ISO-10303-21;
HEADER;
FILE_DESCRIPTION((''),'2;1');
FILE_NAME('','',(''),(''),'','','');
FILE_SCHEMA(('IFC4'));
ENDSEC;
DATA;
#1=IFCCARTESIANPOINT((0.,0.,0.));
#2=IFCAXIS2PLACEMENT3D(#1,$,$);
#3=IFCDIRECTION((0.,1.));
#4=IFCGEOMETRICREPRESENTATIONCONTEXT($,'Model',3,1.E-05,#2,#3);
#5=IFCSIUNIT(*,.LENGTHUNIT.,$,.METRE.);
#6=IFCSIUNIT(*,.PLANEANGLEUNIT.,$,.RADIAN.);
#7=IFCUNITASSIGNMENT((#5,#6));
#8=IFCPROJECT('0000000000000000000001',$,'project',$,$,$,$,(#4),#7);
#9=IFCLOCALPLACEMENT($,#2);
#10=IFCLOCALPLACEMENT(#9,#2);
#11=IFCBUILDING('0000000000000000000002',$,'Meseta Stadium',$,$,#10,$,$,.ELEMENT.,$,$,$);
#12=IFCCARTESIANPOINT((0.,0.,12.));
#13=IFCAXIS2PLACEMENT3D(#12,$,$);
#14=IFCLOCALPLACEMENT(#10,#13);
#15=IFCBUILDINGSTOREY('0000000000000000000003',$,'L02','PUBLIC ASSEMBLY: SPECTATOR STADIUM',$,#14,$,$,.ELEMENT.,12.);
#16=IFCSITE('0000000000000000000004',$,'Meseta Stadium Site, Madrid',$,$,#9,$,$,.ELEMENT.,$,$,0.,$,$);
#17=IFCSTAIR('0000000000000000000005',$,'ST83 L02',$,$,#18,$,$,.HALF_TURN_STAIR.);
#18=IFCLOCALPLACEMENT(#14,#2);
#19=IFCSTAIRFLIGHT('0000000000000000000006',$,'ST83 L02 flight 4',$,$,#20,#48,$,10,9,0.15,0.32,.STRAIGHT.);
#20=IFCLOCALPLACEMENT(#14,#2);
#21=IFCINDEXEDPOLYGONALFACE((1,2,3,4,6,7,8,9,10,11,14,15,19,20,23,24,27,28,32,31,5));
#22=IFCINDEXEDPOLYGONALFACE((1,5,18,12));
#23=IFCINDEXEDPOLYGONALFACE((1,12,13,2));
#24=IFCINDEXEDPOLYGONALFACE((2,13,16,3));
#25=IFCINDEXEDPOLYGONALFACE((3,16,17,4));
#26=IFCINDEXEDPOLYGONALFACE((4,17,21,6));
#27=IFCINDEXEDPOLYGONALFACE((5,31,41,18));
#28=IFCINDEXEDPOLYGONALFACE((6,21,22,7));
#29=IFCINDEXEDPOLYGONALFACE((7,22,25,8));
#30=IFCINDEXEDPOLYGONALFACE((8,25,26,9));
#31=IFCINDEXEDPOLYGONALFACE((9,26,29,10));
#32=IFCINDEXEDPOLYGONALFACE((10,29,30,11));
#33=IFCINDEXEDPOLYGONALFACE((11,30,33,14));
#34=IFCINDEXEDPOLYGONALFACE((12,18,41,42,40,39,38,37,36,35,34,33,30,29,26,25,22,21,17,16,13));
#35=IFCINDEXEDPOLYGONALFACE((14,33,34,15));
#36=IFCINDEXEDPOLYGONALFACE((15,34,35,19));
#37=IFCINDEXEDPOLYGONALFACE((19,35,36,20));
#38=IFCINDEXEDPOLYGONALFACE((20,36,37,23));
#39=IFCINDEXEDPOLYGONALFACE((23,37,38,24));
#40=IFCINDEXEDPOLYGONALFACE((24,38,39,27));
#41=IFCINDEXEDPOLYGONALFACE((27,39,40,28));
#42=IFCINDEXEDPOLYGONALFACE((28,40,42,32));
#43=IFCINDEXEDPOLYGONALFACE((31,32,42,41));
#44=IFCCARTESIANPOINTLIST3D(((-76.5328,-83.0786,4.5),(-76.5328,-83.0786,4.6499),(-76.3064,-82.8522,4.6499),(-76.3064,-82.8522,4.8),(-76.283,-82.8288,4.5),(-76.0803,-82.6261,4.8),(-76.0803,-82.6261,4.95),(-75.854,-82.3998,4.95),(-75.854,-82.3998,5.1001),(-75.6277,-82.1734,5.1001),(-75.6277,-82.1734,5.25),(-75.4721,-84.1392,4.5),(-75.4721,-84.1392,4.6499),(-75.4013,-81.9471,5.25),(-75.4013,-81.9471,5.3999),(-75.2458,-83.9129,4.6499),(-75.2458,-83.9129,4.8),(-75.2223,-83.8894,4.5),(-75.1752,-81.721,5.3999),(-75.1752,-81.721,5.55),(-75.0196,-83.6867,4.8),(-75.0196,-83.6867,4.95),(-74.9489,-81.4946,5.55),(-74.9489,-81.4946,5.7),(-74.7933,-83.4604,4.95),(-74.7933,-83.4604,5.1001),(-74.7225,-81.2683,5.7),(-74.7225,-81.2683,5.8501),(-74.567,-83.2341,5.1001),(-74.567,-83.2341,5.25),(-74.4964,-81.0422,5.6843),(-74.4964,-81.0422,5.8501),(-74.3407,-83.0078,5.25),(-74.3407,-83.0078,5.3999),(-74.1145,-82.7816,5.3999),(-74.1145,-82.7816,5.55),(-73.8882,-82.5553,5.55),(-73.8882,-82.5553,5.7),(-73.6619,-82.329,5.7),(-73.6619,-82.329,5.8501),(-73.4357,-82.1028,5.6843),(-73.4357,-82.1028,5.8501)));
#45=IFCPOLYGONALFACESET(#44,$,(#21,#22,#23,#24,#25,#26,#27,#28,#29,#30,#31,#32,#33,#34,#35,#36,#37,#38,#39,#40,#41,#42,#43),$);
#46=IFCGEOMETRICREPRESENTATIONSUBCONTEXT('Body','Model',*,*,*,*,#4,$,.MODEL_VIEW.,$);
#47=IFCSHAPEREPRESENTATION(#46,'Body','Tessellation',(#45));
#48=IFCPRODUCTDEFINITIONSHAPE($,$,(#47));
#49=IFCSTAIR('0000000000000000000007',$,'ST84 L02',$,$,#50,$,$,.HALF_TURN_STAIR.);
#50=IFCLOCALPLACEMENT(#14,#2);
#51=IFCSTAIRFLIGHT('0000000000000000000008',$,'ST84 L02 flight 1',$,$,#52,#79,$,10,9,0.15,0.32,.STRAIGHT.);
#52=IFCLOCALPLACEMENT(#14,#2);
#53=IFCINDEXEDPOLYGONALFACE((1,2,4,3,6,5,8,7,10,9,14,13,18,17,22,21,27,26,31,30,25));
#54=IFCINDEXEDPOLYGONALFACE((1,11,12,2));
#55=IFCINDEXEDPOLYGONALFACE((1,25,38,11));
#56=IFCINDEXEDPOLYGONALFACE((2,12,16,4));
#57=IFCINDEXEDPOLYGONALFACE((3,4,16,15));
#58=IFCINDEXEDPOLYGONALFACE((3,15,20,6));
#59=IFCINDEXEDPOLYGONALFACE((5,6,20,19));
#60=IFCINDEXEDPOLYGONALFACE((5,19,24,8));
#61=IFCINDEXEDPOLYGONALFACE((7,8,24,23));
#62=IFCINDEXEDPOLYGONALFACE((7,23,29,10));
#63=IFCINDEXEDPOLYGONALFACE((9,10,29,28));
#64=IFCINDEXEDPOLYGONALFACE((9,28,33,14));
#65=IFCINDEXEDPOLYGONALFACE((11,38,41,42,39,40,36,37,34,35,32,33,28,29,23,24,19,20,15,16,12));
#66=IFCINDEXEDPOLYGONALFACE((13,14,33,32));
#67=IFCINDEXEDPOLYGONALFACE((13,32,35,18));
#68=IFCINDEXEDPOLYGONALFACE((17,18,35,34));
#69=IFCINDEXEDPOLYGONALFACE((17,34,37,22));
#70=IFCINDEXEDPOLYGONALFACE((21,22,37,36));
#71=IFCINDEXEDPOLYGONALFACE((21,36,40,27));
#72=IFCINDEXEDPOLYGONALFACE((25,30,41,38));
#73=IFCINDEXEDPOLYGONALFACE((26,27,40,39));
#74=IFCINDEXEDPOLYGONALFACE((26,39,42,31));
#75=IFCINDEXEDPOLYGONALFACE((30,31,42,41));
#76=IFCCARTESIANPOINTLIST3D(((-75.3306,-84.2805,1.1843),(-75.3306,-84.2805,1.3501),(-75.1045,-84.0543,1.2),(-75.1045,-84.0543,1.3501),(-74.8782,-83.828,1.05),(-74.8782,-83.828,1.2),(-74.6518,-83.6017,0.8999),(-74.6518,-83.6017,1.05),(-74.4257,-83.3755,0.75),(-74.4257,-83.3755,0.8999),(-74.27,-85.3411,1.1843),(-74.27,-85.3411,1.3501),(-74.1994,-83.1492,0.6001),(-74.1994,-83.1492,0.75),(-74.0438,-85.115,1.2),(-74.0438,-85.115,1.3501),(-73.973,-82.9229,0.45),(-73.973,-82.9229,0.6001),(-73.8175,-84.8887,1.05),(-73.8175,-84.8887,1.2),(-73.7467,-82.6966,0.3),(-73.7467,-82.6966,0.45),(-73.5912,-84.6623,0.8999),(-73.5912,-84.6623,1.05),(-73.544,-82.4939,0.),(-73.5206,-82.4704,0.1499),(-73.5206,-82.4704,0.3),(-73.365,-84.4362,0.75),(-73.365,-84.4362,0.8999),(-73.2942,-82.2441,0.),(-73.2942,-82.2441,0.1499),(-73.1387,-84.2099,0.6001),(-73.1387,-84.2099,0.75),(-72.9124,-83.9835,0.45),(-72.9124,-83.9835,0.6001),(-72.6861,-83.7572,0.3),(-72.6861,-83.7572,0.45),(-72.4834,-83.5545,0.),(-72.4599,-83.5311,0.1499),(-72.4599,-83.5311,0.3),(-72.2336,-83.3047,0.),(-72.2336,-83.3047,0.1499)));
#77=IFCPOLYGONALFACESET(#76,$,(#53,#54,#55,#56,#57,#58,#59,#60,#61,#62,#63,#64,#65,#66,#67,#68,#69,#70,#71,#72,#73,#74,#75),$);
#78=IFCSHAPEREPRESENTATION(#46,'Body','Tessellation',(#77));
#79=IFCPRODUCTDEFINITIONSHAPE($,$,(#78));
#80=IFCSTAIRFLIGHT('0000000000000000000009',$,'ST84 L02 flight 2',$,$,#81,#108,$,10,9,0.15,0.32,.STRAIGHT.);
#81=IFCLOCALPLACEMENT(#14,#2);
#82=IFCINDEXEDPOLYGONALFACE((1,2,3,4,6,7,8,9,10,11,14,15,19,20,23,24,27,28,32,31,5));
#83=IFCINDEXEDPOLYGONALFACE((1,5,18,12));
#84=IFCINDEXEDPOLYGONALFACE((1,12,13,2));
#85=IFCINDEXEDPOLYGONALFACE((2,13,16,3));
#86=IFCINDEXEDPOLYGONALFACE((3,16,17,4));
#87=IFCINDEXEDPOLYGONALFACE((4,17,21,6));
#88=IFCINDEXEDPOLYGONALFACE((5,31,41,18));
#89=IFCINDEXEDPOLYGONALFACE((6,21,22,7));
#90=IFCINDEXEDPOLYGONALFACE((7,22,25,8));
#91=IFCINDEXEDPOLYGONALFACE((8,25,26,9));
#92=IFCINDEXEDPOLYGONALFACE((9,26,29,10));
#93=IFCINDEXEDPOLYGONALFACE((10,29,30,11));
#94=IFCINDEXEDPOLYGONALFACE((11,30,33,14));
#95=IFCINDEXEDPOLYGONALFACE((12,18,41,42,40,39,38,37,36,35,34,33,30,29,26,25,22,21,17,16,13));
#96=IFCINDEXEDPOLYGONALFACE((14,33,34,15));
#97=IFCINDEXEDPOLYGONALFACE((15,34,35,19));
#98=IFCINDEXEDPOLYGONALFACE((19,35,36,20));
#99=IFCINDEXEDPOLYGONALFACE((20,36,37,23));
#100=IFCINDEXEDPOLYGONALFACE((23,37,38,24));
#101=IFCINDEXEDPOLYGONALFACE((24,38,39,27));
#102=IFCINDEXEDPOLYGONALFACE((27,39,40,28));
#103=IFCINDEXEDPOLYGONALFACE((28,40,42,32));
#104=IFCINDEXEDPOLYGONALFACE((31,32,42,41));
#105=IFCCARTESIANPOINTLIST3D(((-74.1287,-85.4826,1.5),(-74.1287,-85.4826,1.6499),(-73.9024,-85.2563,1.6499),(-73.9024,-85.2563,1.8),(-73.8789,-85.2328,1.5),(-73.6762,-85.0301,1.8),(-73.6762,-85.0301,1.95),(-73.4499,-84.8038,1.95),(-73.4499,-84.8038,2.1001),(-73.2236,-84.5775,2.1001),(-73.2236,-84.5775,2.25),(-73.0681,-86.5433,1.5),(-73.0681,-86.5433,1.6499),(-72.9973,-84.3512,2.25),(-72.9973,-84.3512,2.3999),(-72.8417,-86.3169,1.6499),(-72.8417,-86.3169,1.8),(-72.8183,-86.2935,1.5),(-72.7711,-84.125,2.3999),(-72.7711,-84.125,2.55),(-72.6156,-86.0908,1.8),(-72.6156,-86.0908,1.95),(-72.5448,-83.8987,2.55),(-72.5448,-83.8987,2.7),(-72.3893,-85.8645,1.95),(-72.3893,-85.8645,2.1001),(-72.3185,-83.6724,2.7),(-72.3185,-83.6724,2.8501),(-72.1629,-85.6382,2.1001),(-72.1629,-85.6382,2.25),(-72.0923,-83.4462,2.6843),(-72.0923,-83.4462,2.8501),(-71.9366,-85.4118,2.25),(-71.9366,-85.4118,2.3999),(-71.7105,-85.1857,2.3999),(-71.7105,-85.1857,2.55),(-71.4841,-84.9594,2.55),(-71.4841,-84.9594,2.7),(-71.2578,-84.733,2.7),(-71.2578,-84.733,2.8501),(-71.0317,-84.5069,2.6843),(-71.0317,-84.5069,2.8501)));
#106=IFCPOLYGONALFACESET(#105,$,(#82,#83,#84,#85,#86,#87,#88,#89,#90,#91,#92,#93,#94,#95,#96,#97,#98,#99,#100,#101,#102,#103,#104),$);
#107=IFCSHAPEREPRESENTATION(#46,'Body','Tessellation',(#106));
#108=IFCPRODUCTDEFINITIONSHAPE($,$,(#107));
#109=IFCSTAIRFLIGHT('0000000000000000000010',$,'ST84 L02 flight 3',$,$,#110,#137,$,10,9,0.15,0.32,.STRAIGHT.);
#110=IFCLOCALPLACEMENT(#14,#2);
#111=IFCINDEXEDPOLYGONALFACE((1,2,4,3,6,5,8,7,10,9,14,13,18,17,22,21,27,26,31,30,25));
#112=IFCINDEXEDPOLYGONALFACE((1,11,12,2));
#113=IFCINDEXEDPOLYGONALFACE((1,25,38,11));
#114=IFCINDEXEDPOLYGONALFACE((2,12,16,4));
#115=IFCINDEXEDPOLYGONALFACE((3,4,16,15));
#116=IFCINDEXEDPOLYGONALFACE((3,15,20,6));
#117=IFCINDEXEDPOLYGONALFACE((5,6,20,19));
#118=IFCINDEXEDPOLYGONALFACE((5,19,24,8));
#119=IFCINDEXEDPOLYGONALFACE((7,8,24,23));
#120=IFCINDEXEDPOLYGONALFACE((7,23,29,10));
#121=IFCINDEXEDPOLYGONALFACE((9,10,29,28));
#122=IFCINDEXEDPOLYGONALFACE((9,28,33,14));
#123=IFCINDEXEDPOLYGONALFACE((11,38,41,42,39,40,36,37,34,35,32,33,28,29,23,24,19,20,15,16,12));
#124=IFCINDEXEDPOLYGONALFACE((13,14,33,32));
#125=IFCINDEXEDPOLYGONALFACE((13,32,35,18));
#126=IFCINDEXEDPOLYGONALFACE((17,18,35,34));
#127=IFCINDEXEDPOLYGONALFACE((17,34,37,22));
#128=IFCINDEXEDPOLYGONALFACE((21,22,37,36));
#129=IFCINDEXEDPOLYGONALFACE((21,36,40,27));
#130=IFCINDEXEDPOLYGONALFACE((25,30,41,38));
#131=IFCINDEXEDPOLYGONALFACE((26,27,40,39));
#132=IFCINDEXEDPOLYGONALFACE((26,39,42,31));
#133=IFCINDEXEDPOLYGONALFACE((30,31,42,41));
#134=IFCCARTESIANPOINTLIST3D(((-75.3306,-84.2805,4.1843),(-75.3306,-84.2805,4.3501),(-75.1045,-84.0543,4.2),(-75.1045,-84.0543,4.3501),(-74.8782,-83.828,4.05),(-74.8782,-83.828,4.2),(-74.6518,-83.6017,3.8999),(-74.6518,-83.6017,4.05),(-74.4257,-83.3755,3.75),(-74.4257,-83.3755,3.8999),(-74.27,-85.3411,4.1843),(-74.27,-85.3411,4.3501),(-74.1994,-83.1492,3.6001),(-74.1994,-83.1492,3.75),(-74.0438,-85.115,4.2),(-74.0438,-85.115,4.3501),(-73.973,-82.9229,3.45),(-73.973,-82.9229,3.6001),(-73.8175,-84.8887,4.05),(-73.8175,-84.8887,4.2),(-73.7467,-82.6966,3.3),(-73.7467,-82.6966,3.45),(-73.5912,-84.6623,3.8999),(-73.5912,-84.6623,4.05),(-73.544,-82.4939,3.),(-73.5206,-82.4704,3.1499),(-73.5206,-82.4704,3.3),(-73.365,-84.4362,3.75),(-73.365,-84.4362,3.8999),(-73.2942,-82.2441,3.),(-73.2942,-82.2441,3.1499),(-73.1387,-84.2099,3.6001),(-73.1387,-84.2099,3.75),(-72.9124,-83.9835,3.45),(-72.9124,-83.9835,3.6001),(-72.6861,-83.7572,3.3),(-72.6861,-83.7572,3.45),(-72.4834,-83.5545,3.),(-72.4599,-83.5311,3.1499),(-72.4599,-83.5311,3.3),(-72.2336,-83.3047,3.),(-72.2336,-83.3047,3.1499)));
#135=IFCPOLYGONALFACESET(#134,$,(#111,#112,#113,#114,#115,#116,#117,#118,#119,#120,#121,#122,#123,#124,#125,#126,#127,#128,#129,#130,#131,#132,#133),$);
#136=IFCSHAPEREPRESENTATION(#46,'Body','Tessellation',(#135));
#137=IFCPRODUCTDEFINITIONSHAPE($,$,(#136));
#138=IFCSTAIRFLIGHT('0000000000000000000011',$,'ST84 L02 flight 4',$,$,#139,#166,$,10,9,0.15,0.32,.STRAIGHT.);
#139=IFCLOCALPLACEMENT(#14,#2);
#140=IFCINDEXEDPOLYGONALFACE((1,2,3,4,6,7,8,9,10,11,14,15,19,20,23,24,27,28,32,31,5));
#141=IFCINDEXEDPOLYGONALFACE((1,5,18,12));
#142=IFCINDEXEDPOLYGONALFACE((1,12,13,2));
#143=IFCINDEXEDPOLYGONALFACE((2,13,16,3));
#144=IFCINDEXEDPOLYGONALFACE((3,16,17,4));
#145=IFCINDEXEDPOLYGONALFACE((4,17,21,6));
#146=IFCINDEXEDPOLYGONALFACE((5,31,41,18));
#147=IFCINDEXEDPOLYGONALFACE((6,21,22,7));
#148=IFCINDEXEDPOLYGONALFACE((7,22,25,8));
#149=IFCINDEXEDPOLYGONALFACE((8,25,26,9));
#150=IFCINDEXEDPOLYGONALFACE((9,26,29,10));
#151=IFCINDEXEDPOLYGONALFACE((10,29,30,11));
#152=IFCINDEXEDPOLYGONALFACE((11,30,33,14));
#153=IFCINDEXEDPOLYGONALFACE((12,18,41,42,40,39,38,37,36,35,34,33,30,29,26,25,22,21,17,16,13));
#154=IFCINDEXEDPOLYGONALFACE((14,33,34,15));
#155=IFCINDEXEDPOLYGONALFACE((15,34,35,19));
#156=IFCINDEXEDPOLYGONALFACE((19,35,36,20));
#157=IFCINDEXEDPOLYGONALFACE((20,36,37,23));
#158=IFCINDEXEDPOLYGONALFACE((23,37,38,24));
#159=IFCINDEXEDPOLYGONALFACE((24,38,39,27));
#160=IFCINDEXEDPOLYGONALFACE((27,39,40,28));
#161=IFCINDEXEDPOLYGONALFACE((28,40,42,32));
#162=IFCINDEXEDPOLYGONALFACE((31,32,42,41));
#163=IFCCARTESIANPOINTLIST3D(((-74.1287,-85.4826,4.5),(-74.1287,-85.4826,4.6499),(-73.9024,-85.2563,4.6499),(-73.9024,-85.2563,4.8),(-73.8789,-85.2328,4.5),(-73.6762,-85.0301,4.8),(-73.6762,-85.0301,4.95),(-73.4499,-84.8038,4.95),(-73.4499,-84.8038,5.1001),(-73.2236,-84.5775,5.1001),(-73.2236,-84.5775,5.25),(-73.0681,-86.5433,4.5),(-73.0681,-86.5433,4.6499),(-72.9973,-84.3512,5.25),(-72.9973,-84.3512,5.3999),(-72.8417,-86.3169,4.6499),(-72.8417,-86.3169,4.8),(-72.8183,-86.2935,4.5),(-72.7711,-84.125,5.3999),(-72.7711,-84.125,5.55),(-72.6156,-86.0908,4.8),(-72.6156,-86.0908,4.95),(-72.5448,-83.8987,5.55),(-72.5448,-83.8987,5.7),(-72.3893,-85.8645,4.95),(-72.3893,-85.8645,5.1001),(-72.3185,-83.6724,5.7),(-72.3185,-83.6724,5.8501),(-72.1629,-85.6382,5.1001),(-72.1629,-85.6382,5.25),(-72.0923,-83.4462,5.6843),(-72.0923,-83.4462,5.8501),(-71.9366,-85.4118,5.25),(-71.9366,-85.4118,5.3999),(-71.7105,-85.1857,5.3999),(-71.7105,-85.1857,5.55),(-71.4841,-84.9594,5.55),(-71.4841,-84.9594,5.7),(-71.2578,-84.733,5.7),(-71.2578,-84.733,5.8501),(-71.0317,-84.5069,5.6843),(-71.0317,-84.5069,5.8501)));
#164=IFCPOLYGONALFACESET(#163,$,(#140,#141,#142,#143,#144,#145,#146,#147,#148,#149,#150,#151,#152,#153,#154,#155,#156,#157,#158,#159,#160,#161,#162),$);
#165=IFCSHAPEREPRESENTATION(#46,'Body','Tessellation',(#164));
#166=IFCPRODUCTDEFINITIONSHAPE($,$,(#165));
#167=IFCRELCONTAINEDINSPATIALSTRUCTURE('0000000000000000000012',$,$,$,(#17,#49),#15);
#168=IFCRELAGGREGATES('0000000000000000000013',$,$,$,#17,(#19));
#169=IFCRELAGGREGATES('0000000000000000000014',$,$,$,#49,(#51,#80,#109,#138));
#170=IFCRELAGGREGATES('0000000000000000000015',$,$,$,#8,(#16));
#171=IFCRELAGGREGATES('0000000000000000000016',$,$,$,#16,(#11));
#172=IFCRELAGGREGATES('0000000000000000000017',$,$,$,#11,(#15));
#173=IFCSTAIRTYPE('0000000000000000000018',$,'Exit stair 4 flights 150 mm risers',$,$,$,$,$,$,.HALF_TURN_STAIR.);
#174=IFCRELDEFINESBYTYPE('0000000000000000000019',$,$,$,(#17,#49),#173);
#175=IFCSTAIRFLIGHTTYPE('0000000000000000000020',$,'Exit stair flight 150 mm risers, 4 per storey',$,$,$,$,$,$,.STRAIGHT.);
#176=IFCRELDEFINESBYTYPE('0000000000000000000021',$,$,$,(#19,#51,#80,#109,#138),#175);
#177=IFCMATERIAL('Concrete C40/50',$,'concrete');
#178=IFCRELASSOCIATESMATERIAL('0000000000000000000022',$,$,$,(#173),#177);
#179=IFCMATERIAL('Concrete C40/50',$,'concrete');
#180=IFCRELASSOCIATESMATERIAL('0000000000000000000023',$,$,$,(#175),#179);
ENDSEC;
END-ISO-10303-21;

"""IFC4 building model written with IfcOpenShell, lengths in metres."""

from ifc_helpers import new_model, si_unit, direction, frame, origin, place, context, subcontext, project, spatial, polyline, outline, extrude, material, type_object, element, aggregate, save


model = new_model("IFC4")

# Units and contexts
model_context = context("Model", 3, precision=1e-05, world=origin(), true_north=direction((0.0, 1.0)))
body_context = subcontext(model_context, "Body", "Model", "MODEL_VIEW")
ifc_project = project(units=[si_unit("LENGTHUNIT", "METRE"), si_unit("PLANEANGLEUNIT", "RADIAN")], contexts=[model_context])

# Site, building, storey
site_placement = place(None, origin())
site = spatial("IfcSite", under=ifc_project, at=site_placement, Name="Meseta Stadium Site, Madrid", CompositionType="ELEMENT", RefElevation=0.0)
building_placement = place(site_placement, origin())
building = spatial("IfcBuilding", under=site, at=building_placement, Name="Meseta Stadium", CompositionType="ELEMENT")
storey_placement = place(building_placement, frame((0.0, 0.0, 12.0)))
storey = spatial("IfcBuildingStorey", under=building, at=storey_placement, Name="L02", Description="PUBLIC ASSEMBLY: SPECTATOR STADIUM", CompositionType="ELEMENT", Elevation=12.0)

# Stairs, stair flights
ifc_material_1 = material(Name="Concrete C40/50", Category="concrete")
stair_type = type_object("IfcStairType", Name="Exit stair 4 flights 150 mm risers", PredefinedType="HALF_TURN_STAIR", material=ifc_material_1)
stair_1_placement = place(storey_placement, origin())
stair_1 = element("IfcStair", 1, at=stair_1_placement, inside=storey, type_object=stair_type, Name="ST83 L02", PredefinedType="HALF_TURN_STAIR")
ifc_material_2 = material(Name="Concrete C40/50", Category="concrete")
stair_flight_type = type_object("IfcStairFlightType", Name="Exit stair flight 150 mm risers, 4 per storey", PredefinedType="STRAIGHT", material=ifc_material_2)
stair_flight_1_placement = place(storey_placement, frame((-76.0024, -83.6089, 4.5), z_axis=(0.0, 0.0, 1.0), x_axis=(0.707107, 0.707107, 0.0)))
stair_flight_1 = element("IfcStairFlight", 2, at=stair_flight_1_placement, type_object=stair_flight_type, Name="ST83 L02 flight 4", NumberOfRisers=10, NumberOfTreads=9, PredefinedType="STRAIGHT", RiserHeight=0.15, TreadLength=0.32, context=body_context, shape_type="SweptSolid", body=[
    extrude(outline(polyline([(0.0, 0.0), (0.0, 0.1499), (0.3201, 0.1499), (0.3201, 0.3), (0.6399, 0.3), (0.6399, 0.45), (0.96, 0.45), (0.96, 0.6001), (1.28, 0.6001), (1.28, 0.75), (1.6001, 0.75), (1.6001, 0.8999), (1.9199, 0.8999), (1.9199, 1.05), (2.24, 1.05), (2.24, 1.2), (2.5601, 1.2), (2.5601, 1.3501), (2.8799, 1.3501), (2.8799, 1.1843), (0.3533, 0.0), (0.0, 0.0)])), frame((0.0, 0.75, 0.0), z_axis=(0.0, -1.0, 0.0), x_axis=(1.0, 0.0, 0.0)), (0.0, 0.0, 1.0), 1.5),
])
aggregate(stair_1, [stair_flight_1])
stair_2_placement = place(storey_placement, origin())
stair_2 = element("IfcStair", 3, at=stair_2_placement, inside=storey, type_object=stair_type, Name="ST84 L02", PredefinedType="HALF_TURN_STAIR")
stair_flight_2_placement = place(storey_placement, frame((-72.7639, -82.7744, 0.0), z_axis=(0.0, 0.0, 1.0), x_axis=(-0.707107, -0.707107, 0.0)))
stair_flight_2 = element("IfcStairFlight", 4, at=stair_flight_2_placement, type_object=stair_flight_type, Name="ST84 L02 flight 1", NumberOfRisers=10, NumberOfTreads=9, PredefinedType="STRAIGHT", RiserHeight=0.15, TreadLength=0.32, context=body_context, shape_type="SweptSolid", body=[
    extrude(outline(polyline([(0.0, 0.0), (0.0, 0.1499), (0.3201, 0.1499), (0.3201, 0.3), (0.6399, 0.3), (0.6399, 0.45), (0.96, 0.45), (0.96, 0.6001), (1.28, 0.6001), (1.28, 0.75), (1.6001, 0.75), (1.6001, 0.8999), (1.9199, 0.8999), (1.9199, 1.05), (2.24, 1.05), (2.24, 1.2), (2.5601, 1.2), (2.5601, 1.3501), (2.8799, 1.3501), (2.8799, 1.1843), (0.3533, 0.0), (0.0, 0.0)])), frame((0.0, 0.75, 0.0), z_axis=(0.0, -1.0, 0.0), x_axis=(1.0, 0.0, 0.0)), (0.0, 0.0, 1.0), 1.5),
])
stair_flight_3_placement = place(storey_placement, frame((-73.5984, -86.0129, 1.5), z_axis=(0.0, 0.0, 1.0), x_axis=(0.707107, 0.707107, 0.0)))
stair_flight_3 = element("IfcStairFlight", 5, at=stair_flight_3_placement, type_object=stair_flight_type, Name="ST84 L02 flight 2", NumberOfRisers=10, NumberOfTreads=9, PredefinedType="STRAIGHT", RiserHeight=0.15, TreadLength=0.32, context=body_context, shape_type="SweptSolid", body=[
    extrude(outline(polyline([(0.0, 0.0), (0.0, 0.1499), (0.3201, 0.1499), (0.3201, 0.3), (0.6399, 0.3), (0.6399, 0.45), (0.96, 0.45), (0.96, 0.6001), (1.28, 0.6001), (1.28, 0.75), (1.6001, 0.75), (1.6001, 0.8999), (1.9199, 0.8999), (1.9199, 1.05), (2.24, 1.05), (2.24, 1.2), (2.5601, 1.2), (2.5601, 1.3501), (2.8799, 1.3501), (2.8799, 1.1843), (0.3533, 0.0), (0.0, 0.0)])), frame((0.0, 0.75, 0.0), z_axis=(0.0, -1.0, 0.0), x_axis=(1.0, 0.0, 0.0)), (0.0, 0.0, 1.0), 1.5),
])
stair_flight_4_placement = place(storey_placement, frame((-72.7639, -82.7744, 3.0), z_axis=(0.0, 0.0, 1.0), x_axis=(-0.707107, -0.707107, 0.0)))
stair_flight_4 = element("IfcStairFlight", 6, at=stair_flight_4_placement, type_object=stair_flight_type, Name="ST84 L02 flight 3", NumberOfRisers=10, NumberOfTreads=9, PredefinedType="STRAIGHT", RiserHeight=0.15, TreadLength=0.32, context=body_context, shape_type="SweptSolid", body=[
    extrude(outline(polyline([(0.0, 0.0), (0.0, 0.1499), (0.3201, 0.1499), (0.3201, 0.3), (0.6399, 0.3), (0.6399, 0.45), (0.96, 0.45), (0.96, 0.6001), (1.28, 0.6001), (1.28, 0.75), (1.6001, 0.75), (1.6001, 0.8999), (1.9199, 0.8999), (1.9199, 1.05), (2.24, 1.05), (2.24, 1.2), (2.5601, 1.2), (2.5601, 1.3501), (2.8799, 1.3501), (2.8799, 1.1843), (0.3533, 0.0), (0.0, 0.0)])), frame((0.0, 0.75, 0.0), z_axis=(0.0, -1.0, 0.0), x_axis=(1.0, 0.0, 0.0)), (0.0, 0.0, 1.0), 1.5),
])
stair_flight_5_placement = place(storey_placement, frame((-73.5984, -86.0129, 4.5), z_axis=(0.0, 0.0, 1.0), x_axis=(0.707107, 0.707107, 0.0)))
stair_flight_5 = element("IfcStairFlight", 7, at=stair_flight_5_placement, type_object=stair_flight_type, Name="ST84 L02 flight 4", NumberOfRisers=10, NumberOfTreads=9, PredefinedType="STRAIGHT", RiserHeight=0.15, TreadLength=0.32, context=body_context, shape_type="SweptSolid", body=[
    extrude(outline(polyline([(0.0, 0.0), (0.0, 0.1499), (0.3201, 0.1499), (0.3201, 0.3), (0.6399, 0.3), (0.6399, 0.45), (0.96, 0.45), (0.96, 0.6001), (1.28, 0.6001), (1.28, 0.75), (1.6001, 0.75), (1.6001, 0.8999), (1.9199, 0.8999), (1.9199, 1.05), (2.24, 1.05), (2.24, 1.2), (2.5601, 1.2), (2.5601, 1.3501), (2.8799, 1.3501), (2.8799, 1.1843), (0.3533, 0.0), (0.0, 0.0)])), frame((0.0, 0.75, 0.0), z_axis=(0.0, -1.0, 0.0), x_axis=(1.0, 0.0, 0.0)), (0.0, 0.0, 1.0), 1.5),
])
aggregate(stair_2, [stair_flight_2, stair_flight_3, stair_flight_4, stair_flight_5])

save(model, "model.ifc")
